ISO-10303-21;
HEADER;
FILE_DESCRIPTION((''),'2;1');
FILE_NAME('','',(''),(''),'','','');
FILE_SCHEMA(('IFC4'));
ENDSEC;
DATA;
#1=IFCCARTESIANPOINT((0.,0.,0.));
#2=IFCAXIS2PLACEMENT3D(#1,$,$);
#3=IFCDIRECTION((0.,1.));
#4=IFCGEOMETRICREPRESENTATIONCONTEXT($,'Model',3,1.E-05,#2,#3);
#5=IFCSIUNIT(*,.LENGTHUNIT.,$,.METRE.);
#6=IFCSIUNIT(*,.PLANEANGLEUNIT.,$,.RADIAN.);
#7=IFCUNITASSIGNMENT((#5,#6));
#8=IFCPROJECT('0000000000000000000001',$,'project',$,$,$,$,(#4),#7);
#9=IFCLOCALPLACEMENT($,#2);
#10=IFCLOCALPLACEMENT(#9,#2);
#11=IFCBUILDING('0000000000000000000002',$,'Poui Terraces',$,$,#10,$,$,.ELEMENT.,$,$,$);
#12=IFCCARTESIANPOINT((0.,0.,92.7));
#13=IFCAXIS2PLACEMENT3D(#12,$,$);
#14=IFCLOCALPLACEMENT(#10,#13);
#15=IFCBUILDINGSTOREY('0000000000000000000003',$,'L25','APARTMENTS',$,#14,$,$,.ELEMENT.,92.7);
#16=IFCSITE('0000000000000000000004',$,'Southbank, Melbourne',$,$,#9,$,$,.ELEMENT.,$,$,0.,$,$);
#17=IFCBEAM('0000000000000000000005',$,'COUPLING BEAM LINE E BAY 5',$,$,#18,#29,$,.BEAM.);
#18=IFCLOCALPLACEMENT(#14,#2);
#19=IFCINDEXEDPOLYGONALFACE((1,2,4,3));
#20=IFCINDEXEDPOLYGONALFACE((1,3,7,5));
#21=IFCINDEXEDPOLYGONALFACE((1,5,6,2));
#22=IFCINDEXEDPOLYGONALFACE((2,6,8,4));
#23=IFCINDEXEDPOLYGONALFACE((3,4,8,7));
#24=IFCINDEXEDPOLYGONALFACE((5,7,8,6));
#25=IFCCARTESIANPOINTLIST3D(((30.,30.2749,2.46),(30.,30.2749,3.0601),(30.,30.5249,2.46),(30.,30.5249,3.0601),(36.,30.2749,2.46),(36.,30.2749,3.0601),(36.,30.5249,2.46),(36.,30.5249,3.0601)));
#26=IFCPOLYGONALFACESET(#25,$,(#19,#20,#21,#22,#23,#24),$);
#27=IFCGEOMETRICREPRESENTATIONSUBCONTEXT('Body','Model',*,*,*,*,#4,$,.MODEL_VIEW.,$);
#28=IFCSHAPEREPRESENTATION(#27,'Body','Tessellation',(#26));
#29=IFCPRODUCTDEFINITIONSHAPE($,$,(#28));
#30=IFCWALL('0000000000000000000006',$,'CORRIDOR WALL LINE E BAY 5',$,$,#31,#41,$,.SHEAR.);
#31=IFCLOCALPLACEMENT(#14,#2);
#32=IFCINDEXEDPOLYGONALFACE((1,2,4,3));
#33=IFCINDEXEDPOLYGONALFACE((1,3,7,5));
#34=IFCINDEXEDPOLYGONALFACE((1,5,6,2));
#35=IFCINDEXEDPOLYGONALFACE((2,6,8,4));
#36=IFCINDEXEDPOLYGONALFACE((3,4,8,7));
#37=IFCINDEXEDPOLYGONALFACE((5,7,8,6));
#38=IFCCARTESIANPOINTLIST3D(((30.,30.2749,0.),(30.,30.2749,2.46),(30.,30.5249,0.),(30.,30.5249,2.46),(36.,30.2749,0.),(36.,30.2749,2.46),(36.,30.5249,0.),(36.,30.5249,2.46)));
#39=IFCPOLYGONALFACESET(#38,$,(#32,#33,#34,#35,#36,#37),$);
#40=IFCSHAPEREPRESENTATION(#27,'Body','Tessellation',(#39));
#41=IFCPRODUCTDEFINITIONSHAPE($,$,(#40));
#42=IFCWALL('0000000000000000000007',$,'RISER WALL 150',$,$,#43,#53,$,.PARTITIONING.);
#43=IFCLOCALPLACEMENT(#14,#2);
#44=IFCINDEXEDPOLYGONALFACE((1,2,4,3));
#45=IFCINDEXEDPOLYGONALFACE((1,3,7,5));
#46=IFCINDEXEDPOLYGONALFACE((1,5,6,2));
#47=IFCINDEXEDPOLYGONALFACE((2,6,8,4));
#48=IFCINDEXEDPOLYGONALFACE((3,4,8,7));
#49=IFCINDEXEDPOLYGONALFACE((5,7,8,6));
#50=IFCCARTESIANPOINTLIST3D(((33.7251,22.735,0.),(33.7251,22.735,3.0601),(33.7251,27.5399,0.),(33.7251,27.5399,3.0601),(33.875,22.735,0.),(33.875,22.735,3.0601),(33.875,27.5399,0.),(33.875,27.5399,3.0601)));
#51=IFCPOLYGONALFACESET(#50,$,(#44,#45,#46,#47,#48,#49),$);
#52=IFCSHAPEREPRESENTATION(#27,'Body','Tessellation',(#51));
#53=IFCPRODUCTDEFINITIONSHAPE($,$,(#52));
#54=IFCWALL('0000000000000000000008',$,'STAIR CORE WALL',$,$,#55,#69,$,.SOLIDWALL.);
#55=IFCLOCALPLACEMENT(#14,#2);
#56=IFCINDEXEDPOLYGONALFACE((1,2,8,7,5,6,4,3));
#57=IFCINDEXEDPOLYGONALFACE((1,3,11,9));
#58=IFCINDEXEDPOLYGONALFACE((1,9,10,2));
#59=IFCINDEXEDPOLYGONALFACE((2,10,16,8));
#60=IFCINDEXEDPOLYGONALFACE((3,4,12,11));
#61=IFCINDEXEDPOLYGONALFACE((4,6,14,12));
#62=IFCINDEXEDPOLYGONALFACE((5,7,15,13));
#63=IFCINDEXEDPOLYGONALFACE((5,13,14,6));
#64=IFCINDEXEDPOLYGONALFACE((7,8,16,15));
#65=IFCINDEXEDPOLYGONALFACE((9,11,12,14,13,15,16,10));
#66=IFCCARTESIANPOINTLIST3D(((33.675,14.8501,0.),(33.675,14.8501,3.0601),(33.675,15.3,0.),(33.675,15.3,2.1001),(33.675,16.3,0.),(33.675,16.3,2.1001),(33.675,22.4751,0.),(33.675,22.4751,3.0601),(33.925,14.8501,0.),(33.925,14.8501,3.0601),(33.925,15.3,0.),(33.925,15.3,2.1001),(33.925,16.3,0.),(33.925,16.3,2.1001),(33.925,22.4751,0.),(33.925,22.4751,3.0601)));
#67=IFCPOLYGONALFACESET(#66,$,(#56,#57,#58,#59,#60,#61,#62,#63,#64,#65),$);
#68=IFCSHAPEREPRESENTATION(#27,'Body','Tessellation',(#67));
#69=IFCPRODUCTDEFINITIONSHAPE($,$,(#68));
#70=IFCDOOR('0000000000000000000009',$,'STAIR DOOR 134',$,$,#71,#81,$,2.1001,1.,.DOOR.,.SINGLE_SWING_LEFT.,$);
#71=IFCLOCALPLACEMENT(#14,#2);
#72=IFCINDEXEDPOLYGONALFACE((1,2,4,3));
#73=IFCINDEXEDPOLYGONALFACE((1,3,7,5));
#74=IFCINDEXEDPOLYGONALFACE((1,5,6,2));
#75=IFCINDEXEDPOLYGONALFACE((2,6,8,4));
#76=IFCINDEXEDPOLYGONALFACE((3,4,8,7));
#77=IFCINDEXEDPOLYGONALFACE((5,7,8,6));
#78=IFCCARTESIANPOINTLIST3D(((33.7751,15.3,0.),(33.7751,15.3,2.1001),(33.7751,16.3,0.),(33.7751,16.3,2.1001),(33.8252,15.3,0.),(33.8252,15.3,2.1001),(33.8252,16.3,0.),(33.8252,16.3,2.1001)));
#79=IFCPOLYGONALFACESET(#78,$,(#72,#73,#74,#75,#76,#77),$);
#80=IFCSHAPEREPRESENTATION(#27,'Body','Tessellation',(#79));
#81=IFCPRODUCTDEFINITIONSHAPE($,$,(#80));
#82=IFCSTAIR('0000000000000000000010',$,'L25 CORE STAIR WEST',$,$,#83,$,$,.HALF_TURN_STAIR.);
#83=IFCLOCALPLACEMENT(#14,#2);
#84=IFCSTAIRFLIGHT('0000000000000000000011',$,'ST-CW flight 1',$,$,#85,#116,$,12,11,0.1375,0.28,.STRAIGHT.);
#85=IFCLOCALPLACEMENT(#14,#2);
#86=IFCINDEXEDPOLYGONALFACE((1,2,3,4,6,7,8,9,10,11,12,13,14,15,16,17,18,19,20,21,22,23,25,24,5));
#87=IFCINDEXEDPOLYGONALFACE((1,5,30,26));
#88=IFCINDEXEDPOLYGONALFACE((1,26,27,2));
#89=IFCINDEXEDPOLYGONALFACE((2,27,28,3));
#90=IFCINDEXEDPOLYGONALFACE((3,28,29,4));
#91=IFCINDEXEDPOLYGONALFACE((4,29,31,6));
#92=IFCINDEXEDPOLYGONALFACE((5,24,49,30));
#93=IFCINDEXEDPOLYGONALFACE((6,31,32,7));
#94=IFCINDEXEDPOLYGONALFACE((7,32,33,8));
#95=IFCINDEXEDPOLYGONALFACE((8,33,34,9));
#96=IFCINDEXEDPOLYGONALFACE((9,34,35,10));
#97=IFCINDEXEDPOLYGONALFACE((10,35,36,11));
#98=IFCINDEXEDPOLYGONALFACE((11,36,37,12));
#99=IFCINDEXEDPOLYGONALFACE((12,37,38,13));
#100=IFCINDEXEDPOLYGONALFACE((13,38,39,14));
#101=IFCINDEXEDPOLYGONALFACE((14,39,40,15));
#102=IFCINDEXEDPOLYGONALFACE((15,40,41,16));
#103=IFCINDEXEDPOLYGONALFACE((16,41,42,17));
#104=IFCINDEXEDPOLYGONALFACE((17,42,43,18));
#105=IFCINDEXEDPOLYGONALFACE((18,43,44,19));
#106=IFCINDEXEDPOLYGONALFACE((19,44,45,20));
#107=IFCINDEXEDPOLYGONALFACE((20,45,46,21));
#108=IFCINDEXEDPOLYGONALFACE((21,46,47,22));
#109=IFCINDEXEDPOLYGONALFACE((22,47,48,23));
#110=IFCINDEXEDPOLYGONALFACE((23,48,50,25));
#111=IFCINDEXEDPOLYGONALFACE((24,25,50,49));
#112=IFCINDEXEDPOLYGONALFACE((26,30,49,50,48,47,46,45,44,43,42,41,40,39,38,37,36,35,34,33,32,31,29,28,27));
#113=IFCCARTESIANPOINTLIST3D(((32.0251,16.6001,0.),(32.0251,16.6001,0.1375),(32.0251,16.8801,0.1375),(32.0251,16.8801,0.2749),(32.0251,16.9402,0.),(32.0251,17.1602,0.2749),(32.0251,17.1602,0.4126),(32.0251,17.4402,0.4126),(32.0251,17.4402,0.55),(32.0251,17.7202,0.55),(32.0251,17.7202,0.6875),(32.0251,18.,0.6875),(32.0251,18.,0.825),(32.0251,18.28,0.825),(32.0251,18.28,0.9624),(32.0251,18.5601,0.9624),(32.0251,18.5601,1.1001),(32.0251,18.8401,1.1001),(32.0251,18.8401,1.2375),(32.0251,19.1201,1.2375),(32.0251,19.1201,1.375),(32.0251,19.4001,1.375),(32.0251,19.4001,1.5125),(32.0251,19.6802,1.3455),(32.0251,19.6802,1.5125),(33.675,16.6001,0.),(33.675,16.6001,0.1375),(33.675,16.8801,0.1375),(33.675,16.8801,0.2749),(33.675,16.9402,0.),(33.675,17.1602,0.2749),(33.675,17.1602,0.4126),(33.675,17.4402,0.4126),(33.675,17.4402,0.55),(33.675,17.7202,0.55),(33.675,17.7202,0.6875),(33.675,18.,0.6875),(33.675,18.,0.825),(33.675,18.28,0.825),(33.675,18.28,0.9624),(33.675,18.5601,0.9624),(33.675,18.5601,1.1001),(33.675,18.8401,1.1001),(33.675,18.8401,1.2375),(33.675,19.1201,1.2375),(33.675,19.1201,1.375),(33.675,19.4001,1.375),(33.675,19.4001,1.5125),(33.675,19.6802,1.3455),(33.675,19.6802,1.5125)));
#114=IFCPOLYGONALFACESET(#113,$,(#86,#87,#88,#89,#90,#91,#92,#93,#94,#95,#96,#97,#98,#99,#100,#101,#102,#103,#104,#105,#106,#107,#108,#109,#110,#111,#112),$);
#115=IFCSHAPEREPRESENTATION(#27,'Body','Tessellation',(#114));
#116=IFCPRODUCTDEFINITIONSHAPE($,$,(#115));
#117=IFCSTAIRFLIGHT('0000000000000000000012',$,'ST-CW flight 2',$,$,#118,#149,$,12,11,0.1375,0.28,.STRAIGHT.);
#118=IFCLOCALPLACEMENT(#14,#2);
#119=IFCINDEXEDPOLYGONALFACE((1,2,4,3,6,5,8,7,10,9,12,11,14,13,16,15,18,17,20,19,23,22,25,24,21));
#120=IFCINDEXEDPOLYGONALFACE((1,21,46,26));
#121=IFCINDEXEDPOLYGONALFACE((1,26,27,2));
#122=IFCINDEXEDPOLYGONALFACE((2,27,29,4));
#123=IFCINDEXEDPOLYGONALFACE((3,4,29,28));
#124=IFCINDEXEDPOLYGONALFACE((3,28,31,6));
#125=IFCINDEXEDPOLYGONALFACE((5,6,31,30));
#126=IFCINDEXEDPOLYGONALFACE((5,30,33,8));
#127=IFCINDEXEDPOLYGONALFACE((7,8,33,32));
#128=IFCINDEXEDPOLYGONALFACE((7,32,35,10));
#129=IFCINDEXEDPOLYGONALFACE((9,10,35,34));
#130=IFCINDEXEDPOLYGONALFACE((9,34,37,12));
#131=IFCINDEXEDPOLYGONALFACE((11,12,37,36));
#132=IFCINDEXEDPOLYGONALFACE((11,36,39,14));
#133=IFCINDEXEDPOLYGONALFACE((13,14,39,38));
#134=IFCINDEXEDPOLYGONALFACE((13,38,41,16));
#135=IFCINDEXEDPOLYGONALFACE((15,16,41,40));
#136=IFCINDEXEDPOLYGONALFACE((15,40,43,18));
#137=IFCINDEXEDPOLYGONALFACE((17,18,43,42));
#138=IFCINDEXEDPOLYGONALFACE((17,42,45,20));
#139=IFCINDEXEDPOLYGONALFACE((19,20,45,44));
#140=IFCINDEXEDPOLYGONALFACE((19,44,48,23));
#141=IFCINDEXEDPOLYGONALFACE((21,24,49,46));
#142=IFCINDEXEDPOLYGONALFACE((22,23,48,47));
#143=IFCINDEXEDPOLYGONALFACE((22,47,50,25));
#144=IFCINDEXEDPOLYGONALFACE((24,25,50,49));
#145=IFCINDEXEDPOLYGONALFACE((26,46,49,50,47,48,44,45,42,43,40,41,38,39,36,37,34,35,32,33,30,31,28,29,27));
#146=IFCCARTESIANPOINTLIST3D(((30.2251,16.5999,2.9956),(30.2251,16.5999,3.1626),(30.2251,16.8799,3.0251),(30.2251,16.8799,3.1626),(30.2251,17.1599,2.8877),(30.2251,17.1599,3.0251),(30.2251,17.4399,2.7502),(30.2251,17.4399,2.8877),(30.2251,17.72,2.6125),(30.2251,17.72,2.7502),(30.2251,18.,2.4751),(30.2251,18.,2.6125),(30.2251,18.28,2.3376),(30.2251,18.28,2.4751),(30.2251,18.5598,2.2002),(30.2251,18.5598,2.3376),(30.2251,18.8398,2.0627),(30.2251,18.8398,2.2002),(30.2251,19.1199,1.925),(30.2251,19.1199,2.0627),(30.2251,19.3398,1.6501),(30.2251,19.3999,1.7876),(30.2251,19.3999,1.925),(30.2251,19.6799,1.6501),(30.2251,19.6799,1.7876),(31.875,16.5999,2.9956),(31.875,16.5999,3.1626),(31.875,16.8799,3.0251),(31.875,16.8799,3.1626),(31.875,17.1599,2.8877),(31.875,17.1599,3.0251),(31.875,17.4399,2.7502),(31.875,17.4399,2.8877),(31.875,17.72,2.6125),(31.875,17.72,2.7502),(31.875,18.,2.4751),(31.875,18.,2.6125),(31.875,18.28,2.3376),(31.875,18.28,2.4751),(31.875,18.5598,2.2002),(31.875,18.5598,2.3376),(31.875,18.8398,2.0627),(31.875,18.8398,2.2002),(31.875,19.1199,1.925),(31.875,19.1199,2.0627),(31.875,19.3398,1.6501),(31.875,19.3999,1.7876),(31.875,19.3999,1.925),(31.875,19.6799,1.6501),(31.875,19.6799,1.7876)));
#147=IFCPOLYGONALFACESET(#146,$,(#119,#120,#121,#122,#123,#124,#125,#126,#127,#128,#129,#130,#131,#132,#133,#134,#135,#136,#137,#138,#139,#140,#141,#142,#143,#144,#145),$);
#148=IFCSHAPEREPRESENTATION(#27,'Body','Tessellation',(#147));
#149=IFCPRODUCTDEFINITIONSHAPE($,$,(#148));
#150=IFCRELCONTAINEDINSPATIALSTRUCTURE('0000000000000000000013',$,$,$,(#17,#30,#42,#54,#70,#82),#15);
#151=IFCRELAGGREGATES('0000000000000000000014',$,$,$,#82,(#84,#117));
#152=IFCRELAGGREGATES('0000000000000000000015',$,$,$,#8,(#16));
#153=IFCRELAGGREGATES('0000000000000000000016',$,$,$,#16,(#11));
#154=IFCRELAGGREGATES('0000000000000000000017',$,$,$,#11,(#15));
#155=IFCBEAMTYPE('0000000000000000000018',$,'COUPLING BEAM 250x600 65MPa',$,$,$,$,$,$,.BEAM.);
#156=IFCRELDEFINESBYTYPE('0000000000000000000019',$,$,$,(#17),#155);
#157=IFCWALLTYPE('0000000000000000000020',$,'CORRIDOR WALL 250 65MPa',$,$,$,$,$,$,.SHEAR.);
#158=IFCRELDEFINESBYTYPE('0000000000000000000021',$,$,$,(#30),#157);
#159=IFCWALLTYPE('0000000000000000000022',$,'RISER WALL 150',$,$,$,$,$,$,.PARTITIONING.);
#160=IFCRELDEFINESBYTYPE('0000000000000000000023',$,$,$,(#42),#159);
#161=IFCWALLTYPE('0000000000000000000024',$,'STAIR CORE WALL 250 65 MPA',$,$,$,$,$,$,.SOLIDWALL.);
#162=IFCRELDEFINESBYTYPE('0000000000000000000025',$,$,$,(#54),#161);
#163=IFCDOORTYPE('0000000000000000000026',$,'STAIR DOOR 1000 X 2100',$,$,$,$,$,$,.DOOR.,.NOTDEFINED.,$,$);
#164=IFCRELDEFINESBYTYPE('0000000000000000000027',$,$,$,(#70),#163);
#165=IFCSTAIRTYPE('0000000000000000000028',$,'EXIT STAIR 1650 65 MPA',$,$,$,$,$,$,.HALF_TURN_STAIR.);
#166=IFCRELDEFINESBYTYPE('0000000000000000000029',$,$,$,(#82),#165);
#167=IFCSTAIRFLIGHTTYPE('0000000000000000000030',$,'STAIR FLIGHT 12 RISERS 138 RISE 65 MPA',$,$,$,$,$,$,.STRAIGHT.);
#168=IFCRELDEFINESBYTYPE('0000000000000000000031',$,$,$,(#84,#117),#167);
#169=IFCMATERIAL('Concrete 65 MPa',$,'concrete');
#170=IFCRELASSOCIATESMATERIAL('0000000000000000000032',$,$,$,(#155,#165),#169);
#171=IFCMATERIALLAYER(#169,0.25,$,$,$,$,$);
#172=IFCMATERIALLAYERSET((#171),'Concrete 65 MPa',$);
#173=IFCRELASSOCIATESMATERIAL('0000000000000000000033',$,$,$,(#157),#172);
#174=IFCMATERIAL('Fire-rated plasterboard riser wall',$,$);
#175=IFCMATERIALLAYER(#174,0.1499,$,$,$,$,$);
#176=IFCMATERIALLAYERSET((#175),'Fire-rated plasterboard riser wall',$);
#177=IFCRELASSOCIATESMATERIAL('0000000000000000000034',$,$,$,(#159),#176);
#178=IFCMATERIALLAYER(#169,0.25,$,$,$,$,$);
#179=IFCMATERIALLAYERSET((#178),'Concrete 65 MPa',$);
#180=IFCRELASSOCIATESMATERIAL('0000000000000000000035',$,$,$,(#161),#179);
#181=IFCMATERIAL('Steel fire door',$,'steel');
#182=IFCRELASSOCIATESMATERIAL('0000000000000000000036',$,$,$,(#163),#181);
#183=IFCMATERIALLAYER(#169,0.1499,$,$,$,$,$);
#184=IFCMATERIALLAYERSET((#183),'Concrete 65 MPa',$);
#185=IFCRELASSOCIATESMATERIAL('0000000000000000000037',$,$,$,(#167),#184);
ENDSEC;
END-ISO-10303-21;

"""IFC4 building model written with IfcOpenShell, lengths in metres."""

from ifc_helpers import new_model, si_unit, direction, frame, frame_2d, origin, origin_2d, place, context, subcontext, project, spatial, polyline, rectangle, outline, extrude, source, transform, mapped, material, layer, layer_set, material_profile, profile_set, type_object, element, fill, aggregate, save


model = new_model("IFC4")

# Units and contexts
model_context = context("Model", 3, precision=1e-05, world=origin(), true_north=direction((0.0, 1.0)))
body_context = subcontext(model_context, "Body", "Model", "MODEL_VIEW")
ifc_project = project(units=[si_unit("LENGTHUNIT", "METRE"), si_unit("PLANEANGLEUNIT", "RADIAN")], contexts=[model_context])

# Site, building, storey
site_placement = place(None, origin())
site = spatial("IfcSite", under=ifc_project, at=site_placement, Name="Southbank, Melbourne", CompositionType="ELEMENT", RefElevation=0.0)
building_placement = place(site_placement, origin())
building = spatial("IfcBuilding", under=site, at=building_placement, Name="Poui Terraces", CompositionType="ELEMENT")
storey_placement = place(building_placement, frame((0.0, 0.0, 92.7)))
storey = spatial("IfcBuildingStorey", under=building, at=storey_placement, Name="L25", Description="APARTMENTS", CompositionType="ELEMENT", Elevation=92.7)

# Beam
ifc_material_1 = material(Name="Concrete 65 MPa", Category="concrete")
ifc_material_profile = material_profile(ifc_material_1, rectangle(XDim=0.25, YDim=0.6001, at=origin_2d()), Name="RC 250x600")
ifc_profile_set = profile_set([ifc_material_profile], Name="Concrete 65 MPa")
beam_type = type_object("IfcBeamType", Name="COUPLING BEAM 250x600 65MPa", PredefinedType="BEAM", material=ifc_profile_set)
shared_shape = source(origin(), body_context, "Body", "SweptSolid", [
    extrude(rectangle(XDim=0.25, YDim=0.6001, at=origin_2d()), origin(), (0.0, 0.0, 1.0), 6.0),
])
beam_placement = place(storey_placement, frame((30.0, 30.3999, 2.76), z_axis=(1.0, 0.0, 0.0), x_axis=(0.0, 1.0, 0.0)))
element("IfcBeam", 1, at=beam_placement, inside=storey, type_object=beam_type, Name="COUPLING BEAM LINE E BAY 5", PredefinedType="BEAM", context=body_context, shape_type="MappedRepresentation", body=[
    mapped(shared_shape, transform((0.0, 0.0, 0.0))),
])

# Walls
ifc_layer_1 = layer(ifc_material_1, 0.25)
ifc_layer_set_1 = layer_set([ifc_layer_1], Name="Concrete 65 MPa")
wall_type_1 = type_object("IfcWallType", Name="CORRIDOR WALL 250 65MPa", PredefinedType="SHEAR", material=ifc_layer_set_1)
wall_1_placement = place(storey_placement, frame((30.0, 30.3999, 0.0), z_axis=(0.0, 0.0, 1.0), x_axis=(1.0, 0.0, 0.0)))
element("IfcWall", 2, at=wall_1_placement, inside=storey, type_object=wall_type_1, Name="CORRIDOR WALL LINE E BAY 5", PredefinedType="SHEAR", context=body_context, shape_type="SweptSolid", body=[
    extrude(rectangle(XDim=6.0, YDim=0.25, at=frame_2d((3.0, 0.0))), origin(), (0.0, 0.0, 1.0), 2.46),
])
ifc_material_2 = material(Name="Fire-rated plasterboard riser wall")
ifc_layer_2 = layer(ifc_material_2, 0.1499)
ifc_layer_set_2 = layer_set([ifc_layer_2], Name="Fire-rated plasterboard riser wall")
wall_type_2 = type_object("IfcWallType", Name="RISER WALL 150", PredefinedType="PARTITIONING", material=ifc_layer_set_2)
wall_2_placement = place(storey_placement, frame((33.8, 22.7351, 0.0), z_axis=(0.0, 0.0, 1.0), x_axis=(0.0, 1.0, 0.0)))
element("IfcWall", 3, at=wall_2_placement, inside=storey, type_object=wall_type_2, Name="RISER WALL 150", PredefinedType="PARTITIONING", context=body_context, shape_type="SweptSolid", body=[
    extrude(rectangle(XDim=4.8049, YDim=0.1499, at=frame_2d((2.4023, 0.0))), origin(), (0.0, 0.0, 1.0), 3.0601),
])

# Wall, opening, door
ifc_layer_3 = layer(ifc_material_1, 0.25)
ifc_layer_set_3 = layer_set([ifc_layer_3], Name="Concrete 65 MPa")
wall_type_3 = type_object("IfcWallType", Name="STAIR CORE WALL 250 65 MPA", PredefinedType="SOLIDWALL", material=ifc_layer_set_3)
wall_3_placement = place(storey_placement, frame((33.8, 14.8501, 0.0), z_axis=(0.0, 0.0, 1.0), x_axis=(0.0, 1.0, 0.0)))
wall_3 = element("IfcWall", 4, at=wall_3_placement, inside=storey, type_object=wall_type_3, Name="STAIR CORE WALL", PredefinedType="SOLIDWALL", context=body_context, shape_type="SweptSolid", body=[
    extrude(rectangle(XDim=7.625, YDim=0.25, at=frame_2d((3.8125, 0.0))), origin(), (0.0, 0.0, 1.0), 3.0601),
])
opening_placement = place(wall_3_placement, frame((0.45, 0.0, 0.0)))
opening = element("IfcOpeningElement", 5, at=opening_placement, cuts=wall_3, PredefinedType="OPENING", context=body_context, shape_type="SweptSolid", body=[
    extrude(rectangle(XDim=1.0, YDim=2.1001, at=frame_2d((0.5, 1.05))), frame((0.0, 0.135, 0.0), z_axis=(0.0, -1.0, 0.0), x_axis=(1.0, 0.0, 0.0)), (0.0, 0.0, 1.0), 0.27),
])
ifc_material_3 = material(Name="Steel fire door", Category="steel")
door_type = type_object("IfcDoorType", Name="STAIR DOOR 1000 X 2100", OperationType="NOTDEFINED", PredefinedType="DOOR", material=ifc_material_3)
door_placement = place(opening_placement, origin())
door = element("IfcDoor", 6, at=door_placement, inside=storey, type_object=door_type, Name="STAIR DOOR 134", OperationType="SINGLE_SWING_LEFT", OverallHeight=2.1001, OverallWidth=1.0, PredefinedType="DOOR", context=body_context, shape_type="SweptSolid", body=[
    extrude(rectangle(XDim=1.0, YDim=2.1001, at=frame_2d((0.5, 1.05))), frame((0.0, 0.0249, 0.0), z_axis=(0.0, -1.0, 0.0), x_axis=(1.0, 0.0, 0.0)), (0.0, 0.0, 1.0), 0.05),
])
fill(opening, door)

# Stair, stair flights
stair_type = type_object("IfcStairType", Name="EXIT STAIR 1650 65 MPA", PredefinedType="HALF_TURN_STAIR", material=ifc_material_1)
stair_placement = place(storey_placement, origin())
stair = element("IfcStair", 7, at=stair_placement, inside=storey, type_object=stair_type, Name="L25 CORE STAIR WEST", PredefinedType="HALF_TURN_STAIR")
ifc_layer_4 = layer(ifc_material_1, 0.1499)
ifc_layer_set_4 = layer_set([ifc_layer_4], Name="Concrete 65 MPa")
stair_flight_type = type_object("IfcStairFlightType", Name="STAIR FLIGHT 12 RISERS 138 RISE 65 MPA", PredefinedType="STRAIGHT", material=ifc_layer_set_4)
stair_flight_1_placement = place(storey_placement, frame((32.8501, 16.6001, 0.0), z_axis=(0.0, 0.0, 1.0), x_axis=(0.0, 1.0, 0.0)))
stair_flight_1 = element("IfcStairFlight", 8, at=stair_flight_1_placement, type_object=stair_flight_type, Name="ST-CW flight 1", NumberOfRisers=12, NumberOfTreads=11, PredefinedType="STRAIGHT", RiserHeight=0.1375, TreadLength=0.28, context=body_context, shape_type="SweptSolid", body=[
    extrude(outline(polyline([(0.0, 0.0), (0.0, 0.1375), (0.28, 0.1375), (0.28, 0.2749), (0.5601, 0.2749), (0.5601, 0.4126), (0.8401, 0.4126), (0.8401, 0.55), (1.1201, 0.55), (1.1201, 0.6875), (1.3999, 0.6875), (1.3999, 0.825), (1.6799, 0.825), (1.6799, 0.9624), (1.96, 0.9624), (1.96, 1.1001), (2.24, 1.1001), (2.24, 1.2375), (2.52, 1.2375), (2.52, 1.375), (2.8, 1.375), (2.8, 1.5125), (3.0801, 1.5125), (3.0801, 1.6499), (3.0801, 1.3455), (0.3401, 0.0), (0.0, 0.0)])), frame((0.0, 0.825, 0.0), z_axis=(0.0, -1.0, 0.0), x_axis=(1.0, 0.0, 0.0)), (0.0, 0.0, 1.0), 1.6499),
])
stair_flight_2_placement = place(storey_placement, frame((31.05, 19.6799, 1.6501), z_axis=(0.0, 0.0, 1.0), x_axis=(0.0, -1.0, 0.0)))
stair_flight_2 = element("IfcStairFlight", 9, at=stair_flight_2_placement, type_object=stair_flight_type, Name="ST-CW flight 2", NumberOfRisers=12, NumberOfTreads=11, PredefinedType="STRAIGHT", RiserHeight=0.1375, TreadLength=0.28, context=body_context, shape_type="SweptSolid", body=[
    extrude(outline(polyline([(0.0, 0.0), (0.0, 0.1375), (0.28, 0.1375), (0.28, 0.2749), (0.5601, 0.2749), (0.5601, 0.4126), (0.8401, 0.4126), (0.8401, 0.55), (1.1201, 0.55), (1.1201, 0.6875), (1.3999, 0.6875), (1.3999, 0.825), (1.6799, 0.825), (1.6799, 0.9624), (1.96, 0.9624), (1.96, 1.1001), (2.24, 1.1001), (2.24, 1.2375), (2.52, 1.2375), (2.52, 1.375), (2.8, 1.375), (2.8, 1.5125), (3.0801, 1.5125), (3.0801, 1.6499), (3.0801, 1.3455), (0.3401, 0.0), (0.0, 0.0)])), frame((0.0, 0.825, 0.0), z_axis=(0.0, -1.0, 0.0), x_axis=(1.0, 0.0, 0.0)), (0.0, 0.0, 1.0), 1.6499),
])
aggregate(stair, [stair_flight_1, stair_flight_2])

save(model, "model.ifc")
